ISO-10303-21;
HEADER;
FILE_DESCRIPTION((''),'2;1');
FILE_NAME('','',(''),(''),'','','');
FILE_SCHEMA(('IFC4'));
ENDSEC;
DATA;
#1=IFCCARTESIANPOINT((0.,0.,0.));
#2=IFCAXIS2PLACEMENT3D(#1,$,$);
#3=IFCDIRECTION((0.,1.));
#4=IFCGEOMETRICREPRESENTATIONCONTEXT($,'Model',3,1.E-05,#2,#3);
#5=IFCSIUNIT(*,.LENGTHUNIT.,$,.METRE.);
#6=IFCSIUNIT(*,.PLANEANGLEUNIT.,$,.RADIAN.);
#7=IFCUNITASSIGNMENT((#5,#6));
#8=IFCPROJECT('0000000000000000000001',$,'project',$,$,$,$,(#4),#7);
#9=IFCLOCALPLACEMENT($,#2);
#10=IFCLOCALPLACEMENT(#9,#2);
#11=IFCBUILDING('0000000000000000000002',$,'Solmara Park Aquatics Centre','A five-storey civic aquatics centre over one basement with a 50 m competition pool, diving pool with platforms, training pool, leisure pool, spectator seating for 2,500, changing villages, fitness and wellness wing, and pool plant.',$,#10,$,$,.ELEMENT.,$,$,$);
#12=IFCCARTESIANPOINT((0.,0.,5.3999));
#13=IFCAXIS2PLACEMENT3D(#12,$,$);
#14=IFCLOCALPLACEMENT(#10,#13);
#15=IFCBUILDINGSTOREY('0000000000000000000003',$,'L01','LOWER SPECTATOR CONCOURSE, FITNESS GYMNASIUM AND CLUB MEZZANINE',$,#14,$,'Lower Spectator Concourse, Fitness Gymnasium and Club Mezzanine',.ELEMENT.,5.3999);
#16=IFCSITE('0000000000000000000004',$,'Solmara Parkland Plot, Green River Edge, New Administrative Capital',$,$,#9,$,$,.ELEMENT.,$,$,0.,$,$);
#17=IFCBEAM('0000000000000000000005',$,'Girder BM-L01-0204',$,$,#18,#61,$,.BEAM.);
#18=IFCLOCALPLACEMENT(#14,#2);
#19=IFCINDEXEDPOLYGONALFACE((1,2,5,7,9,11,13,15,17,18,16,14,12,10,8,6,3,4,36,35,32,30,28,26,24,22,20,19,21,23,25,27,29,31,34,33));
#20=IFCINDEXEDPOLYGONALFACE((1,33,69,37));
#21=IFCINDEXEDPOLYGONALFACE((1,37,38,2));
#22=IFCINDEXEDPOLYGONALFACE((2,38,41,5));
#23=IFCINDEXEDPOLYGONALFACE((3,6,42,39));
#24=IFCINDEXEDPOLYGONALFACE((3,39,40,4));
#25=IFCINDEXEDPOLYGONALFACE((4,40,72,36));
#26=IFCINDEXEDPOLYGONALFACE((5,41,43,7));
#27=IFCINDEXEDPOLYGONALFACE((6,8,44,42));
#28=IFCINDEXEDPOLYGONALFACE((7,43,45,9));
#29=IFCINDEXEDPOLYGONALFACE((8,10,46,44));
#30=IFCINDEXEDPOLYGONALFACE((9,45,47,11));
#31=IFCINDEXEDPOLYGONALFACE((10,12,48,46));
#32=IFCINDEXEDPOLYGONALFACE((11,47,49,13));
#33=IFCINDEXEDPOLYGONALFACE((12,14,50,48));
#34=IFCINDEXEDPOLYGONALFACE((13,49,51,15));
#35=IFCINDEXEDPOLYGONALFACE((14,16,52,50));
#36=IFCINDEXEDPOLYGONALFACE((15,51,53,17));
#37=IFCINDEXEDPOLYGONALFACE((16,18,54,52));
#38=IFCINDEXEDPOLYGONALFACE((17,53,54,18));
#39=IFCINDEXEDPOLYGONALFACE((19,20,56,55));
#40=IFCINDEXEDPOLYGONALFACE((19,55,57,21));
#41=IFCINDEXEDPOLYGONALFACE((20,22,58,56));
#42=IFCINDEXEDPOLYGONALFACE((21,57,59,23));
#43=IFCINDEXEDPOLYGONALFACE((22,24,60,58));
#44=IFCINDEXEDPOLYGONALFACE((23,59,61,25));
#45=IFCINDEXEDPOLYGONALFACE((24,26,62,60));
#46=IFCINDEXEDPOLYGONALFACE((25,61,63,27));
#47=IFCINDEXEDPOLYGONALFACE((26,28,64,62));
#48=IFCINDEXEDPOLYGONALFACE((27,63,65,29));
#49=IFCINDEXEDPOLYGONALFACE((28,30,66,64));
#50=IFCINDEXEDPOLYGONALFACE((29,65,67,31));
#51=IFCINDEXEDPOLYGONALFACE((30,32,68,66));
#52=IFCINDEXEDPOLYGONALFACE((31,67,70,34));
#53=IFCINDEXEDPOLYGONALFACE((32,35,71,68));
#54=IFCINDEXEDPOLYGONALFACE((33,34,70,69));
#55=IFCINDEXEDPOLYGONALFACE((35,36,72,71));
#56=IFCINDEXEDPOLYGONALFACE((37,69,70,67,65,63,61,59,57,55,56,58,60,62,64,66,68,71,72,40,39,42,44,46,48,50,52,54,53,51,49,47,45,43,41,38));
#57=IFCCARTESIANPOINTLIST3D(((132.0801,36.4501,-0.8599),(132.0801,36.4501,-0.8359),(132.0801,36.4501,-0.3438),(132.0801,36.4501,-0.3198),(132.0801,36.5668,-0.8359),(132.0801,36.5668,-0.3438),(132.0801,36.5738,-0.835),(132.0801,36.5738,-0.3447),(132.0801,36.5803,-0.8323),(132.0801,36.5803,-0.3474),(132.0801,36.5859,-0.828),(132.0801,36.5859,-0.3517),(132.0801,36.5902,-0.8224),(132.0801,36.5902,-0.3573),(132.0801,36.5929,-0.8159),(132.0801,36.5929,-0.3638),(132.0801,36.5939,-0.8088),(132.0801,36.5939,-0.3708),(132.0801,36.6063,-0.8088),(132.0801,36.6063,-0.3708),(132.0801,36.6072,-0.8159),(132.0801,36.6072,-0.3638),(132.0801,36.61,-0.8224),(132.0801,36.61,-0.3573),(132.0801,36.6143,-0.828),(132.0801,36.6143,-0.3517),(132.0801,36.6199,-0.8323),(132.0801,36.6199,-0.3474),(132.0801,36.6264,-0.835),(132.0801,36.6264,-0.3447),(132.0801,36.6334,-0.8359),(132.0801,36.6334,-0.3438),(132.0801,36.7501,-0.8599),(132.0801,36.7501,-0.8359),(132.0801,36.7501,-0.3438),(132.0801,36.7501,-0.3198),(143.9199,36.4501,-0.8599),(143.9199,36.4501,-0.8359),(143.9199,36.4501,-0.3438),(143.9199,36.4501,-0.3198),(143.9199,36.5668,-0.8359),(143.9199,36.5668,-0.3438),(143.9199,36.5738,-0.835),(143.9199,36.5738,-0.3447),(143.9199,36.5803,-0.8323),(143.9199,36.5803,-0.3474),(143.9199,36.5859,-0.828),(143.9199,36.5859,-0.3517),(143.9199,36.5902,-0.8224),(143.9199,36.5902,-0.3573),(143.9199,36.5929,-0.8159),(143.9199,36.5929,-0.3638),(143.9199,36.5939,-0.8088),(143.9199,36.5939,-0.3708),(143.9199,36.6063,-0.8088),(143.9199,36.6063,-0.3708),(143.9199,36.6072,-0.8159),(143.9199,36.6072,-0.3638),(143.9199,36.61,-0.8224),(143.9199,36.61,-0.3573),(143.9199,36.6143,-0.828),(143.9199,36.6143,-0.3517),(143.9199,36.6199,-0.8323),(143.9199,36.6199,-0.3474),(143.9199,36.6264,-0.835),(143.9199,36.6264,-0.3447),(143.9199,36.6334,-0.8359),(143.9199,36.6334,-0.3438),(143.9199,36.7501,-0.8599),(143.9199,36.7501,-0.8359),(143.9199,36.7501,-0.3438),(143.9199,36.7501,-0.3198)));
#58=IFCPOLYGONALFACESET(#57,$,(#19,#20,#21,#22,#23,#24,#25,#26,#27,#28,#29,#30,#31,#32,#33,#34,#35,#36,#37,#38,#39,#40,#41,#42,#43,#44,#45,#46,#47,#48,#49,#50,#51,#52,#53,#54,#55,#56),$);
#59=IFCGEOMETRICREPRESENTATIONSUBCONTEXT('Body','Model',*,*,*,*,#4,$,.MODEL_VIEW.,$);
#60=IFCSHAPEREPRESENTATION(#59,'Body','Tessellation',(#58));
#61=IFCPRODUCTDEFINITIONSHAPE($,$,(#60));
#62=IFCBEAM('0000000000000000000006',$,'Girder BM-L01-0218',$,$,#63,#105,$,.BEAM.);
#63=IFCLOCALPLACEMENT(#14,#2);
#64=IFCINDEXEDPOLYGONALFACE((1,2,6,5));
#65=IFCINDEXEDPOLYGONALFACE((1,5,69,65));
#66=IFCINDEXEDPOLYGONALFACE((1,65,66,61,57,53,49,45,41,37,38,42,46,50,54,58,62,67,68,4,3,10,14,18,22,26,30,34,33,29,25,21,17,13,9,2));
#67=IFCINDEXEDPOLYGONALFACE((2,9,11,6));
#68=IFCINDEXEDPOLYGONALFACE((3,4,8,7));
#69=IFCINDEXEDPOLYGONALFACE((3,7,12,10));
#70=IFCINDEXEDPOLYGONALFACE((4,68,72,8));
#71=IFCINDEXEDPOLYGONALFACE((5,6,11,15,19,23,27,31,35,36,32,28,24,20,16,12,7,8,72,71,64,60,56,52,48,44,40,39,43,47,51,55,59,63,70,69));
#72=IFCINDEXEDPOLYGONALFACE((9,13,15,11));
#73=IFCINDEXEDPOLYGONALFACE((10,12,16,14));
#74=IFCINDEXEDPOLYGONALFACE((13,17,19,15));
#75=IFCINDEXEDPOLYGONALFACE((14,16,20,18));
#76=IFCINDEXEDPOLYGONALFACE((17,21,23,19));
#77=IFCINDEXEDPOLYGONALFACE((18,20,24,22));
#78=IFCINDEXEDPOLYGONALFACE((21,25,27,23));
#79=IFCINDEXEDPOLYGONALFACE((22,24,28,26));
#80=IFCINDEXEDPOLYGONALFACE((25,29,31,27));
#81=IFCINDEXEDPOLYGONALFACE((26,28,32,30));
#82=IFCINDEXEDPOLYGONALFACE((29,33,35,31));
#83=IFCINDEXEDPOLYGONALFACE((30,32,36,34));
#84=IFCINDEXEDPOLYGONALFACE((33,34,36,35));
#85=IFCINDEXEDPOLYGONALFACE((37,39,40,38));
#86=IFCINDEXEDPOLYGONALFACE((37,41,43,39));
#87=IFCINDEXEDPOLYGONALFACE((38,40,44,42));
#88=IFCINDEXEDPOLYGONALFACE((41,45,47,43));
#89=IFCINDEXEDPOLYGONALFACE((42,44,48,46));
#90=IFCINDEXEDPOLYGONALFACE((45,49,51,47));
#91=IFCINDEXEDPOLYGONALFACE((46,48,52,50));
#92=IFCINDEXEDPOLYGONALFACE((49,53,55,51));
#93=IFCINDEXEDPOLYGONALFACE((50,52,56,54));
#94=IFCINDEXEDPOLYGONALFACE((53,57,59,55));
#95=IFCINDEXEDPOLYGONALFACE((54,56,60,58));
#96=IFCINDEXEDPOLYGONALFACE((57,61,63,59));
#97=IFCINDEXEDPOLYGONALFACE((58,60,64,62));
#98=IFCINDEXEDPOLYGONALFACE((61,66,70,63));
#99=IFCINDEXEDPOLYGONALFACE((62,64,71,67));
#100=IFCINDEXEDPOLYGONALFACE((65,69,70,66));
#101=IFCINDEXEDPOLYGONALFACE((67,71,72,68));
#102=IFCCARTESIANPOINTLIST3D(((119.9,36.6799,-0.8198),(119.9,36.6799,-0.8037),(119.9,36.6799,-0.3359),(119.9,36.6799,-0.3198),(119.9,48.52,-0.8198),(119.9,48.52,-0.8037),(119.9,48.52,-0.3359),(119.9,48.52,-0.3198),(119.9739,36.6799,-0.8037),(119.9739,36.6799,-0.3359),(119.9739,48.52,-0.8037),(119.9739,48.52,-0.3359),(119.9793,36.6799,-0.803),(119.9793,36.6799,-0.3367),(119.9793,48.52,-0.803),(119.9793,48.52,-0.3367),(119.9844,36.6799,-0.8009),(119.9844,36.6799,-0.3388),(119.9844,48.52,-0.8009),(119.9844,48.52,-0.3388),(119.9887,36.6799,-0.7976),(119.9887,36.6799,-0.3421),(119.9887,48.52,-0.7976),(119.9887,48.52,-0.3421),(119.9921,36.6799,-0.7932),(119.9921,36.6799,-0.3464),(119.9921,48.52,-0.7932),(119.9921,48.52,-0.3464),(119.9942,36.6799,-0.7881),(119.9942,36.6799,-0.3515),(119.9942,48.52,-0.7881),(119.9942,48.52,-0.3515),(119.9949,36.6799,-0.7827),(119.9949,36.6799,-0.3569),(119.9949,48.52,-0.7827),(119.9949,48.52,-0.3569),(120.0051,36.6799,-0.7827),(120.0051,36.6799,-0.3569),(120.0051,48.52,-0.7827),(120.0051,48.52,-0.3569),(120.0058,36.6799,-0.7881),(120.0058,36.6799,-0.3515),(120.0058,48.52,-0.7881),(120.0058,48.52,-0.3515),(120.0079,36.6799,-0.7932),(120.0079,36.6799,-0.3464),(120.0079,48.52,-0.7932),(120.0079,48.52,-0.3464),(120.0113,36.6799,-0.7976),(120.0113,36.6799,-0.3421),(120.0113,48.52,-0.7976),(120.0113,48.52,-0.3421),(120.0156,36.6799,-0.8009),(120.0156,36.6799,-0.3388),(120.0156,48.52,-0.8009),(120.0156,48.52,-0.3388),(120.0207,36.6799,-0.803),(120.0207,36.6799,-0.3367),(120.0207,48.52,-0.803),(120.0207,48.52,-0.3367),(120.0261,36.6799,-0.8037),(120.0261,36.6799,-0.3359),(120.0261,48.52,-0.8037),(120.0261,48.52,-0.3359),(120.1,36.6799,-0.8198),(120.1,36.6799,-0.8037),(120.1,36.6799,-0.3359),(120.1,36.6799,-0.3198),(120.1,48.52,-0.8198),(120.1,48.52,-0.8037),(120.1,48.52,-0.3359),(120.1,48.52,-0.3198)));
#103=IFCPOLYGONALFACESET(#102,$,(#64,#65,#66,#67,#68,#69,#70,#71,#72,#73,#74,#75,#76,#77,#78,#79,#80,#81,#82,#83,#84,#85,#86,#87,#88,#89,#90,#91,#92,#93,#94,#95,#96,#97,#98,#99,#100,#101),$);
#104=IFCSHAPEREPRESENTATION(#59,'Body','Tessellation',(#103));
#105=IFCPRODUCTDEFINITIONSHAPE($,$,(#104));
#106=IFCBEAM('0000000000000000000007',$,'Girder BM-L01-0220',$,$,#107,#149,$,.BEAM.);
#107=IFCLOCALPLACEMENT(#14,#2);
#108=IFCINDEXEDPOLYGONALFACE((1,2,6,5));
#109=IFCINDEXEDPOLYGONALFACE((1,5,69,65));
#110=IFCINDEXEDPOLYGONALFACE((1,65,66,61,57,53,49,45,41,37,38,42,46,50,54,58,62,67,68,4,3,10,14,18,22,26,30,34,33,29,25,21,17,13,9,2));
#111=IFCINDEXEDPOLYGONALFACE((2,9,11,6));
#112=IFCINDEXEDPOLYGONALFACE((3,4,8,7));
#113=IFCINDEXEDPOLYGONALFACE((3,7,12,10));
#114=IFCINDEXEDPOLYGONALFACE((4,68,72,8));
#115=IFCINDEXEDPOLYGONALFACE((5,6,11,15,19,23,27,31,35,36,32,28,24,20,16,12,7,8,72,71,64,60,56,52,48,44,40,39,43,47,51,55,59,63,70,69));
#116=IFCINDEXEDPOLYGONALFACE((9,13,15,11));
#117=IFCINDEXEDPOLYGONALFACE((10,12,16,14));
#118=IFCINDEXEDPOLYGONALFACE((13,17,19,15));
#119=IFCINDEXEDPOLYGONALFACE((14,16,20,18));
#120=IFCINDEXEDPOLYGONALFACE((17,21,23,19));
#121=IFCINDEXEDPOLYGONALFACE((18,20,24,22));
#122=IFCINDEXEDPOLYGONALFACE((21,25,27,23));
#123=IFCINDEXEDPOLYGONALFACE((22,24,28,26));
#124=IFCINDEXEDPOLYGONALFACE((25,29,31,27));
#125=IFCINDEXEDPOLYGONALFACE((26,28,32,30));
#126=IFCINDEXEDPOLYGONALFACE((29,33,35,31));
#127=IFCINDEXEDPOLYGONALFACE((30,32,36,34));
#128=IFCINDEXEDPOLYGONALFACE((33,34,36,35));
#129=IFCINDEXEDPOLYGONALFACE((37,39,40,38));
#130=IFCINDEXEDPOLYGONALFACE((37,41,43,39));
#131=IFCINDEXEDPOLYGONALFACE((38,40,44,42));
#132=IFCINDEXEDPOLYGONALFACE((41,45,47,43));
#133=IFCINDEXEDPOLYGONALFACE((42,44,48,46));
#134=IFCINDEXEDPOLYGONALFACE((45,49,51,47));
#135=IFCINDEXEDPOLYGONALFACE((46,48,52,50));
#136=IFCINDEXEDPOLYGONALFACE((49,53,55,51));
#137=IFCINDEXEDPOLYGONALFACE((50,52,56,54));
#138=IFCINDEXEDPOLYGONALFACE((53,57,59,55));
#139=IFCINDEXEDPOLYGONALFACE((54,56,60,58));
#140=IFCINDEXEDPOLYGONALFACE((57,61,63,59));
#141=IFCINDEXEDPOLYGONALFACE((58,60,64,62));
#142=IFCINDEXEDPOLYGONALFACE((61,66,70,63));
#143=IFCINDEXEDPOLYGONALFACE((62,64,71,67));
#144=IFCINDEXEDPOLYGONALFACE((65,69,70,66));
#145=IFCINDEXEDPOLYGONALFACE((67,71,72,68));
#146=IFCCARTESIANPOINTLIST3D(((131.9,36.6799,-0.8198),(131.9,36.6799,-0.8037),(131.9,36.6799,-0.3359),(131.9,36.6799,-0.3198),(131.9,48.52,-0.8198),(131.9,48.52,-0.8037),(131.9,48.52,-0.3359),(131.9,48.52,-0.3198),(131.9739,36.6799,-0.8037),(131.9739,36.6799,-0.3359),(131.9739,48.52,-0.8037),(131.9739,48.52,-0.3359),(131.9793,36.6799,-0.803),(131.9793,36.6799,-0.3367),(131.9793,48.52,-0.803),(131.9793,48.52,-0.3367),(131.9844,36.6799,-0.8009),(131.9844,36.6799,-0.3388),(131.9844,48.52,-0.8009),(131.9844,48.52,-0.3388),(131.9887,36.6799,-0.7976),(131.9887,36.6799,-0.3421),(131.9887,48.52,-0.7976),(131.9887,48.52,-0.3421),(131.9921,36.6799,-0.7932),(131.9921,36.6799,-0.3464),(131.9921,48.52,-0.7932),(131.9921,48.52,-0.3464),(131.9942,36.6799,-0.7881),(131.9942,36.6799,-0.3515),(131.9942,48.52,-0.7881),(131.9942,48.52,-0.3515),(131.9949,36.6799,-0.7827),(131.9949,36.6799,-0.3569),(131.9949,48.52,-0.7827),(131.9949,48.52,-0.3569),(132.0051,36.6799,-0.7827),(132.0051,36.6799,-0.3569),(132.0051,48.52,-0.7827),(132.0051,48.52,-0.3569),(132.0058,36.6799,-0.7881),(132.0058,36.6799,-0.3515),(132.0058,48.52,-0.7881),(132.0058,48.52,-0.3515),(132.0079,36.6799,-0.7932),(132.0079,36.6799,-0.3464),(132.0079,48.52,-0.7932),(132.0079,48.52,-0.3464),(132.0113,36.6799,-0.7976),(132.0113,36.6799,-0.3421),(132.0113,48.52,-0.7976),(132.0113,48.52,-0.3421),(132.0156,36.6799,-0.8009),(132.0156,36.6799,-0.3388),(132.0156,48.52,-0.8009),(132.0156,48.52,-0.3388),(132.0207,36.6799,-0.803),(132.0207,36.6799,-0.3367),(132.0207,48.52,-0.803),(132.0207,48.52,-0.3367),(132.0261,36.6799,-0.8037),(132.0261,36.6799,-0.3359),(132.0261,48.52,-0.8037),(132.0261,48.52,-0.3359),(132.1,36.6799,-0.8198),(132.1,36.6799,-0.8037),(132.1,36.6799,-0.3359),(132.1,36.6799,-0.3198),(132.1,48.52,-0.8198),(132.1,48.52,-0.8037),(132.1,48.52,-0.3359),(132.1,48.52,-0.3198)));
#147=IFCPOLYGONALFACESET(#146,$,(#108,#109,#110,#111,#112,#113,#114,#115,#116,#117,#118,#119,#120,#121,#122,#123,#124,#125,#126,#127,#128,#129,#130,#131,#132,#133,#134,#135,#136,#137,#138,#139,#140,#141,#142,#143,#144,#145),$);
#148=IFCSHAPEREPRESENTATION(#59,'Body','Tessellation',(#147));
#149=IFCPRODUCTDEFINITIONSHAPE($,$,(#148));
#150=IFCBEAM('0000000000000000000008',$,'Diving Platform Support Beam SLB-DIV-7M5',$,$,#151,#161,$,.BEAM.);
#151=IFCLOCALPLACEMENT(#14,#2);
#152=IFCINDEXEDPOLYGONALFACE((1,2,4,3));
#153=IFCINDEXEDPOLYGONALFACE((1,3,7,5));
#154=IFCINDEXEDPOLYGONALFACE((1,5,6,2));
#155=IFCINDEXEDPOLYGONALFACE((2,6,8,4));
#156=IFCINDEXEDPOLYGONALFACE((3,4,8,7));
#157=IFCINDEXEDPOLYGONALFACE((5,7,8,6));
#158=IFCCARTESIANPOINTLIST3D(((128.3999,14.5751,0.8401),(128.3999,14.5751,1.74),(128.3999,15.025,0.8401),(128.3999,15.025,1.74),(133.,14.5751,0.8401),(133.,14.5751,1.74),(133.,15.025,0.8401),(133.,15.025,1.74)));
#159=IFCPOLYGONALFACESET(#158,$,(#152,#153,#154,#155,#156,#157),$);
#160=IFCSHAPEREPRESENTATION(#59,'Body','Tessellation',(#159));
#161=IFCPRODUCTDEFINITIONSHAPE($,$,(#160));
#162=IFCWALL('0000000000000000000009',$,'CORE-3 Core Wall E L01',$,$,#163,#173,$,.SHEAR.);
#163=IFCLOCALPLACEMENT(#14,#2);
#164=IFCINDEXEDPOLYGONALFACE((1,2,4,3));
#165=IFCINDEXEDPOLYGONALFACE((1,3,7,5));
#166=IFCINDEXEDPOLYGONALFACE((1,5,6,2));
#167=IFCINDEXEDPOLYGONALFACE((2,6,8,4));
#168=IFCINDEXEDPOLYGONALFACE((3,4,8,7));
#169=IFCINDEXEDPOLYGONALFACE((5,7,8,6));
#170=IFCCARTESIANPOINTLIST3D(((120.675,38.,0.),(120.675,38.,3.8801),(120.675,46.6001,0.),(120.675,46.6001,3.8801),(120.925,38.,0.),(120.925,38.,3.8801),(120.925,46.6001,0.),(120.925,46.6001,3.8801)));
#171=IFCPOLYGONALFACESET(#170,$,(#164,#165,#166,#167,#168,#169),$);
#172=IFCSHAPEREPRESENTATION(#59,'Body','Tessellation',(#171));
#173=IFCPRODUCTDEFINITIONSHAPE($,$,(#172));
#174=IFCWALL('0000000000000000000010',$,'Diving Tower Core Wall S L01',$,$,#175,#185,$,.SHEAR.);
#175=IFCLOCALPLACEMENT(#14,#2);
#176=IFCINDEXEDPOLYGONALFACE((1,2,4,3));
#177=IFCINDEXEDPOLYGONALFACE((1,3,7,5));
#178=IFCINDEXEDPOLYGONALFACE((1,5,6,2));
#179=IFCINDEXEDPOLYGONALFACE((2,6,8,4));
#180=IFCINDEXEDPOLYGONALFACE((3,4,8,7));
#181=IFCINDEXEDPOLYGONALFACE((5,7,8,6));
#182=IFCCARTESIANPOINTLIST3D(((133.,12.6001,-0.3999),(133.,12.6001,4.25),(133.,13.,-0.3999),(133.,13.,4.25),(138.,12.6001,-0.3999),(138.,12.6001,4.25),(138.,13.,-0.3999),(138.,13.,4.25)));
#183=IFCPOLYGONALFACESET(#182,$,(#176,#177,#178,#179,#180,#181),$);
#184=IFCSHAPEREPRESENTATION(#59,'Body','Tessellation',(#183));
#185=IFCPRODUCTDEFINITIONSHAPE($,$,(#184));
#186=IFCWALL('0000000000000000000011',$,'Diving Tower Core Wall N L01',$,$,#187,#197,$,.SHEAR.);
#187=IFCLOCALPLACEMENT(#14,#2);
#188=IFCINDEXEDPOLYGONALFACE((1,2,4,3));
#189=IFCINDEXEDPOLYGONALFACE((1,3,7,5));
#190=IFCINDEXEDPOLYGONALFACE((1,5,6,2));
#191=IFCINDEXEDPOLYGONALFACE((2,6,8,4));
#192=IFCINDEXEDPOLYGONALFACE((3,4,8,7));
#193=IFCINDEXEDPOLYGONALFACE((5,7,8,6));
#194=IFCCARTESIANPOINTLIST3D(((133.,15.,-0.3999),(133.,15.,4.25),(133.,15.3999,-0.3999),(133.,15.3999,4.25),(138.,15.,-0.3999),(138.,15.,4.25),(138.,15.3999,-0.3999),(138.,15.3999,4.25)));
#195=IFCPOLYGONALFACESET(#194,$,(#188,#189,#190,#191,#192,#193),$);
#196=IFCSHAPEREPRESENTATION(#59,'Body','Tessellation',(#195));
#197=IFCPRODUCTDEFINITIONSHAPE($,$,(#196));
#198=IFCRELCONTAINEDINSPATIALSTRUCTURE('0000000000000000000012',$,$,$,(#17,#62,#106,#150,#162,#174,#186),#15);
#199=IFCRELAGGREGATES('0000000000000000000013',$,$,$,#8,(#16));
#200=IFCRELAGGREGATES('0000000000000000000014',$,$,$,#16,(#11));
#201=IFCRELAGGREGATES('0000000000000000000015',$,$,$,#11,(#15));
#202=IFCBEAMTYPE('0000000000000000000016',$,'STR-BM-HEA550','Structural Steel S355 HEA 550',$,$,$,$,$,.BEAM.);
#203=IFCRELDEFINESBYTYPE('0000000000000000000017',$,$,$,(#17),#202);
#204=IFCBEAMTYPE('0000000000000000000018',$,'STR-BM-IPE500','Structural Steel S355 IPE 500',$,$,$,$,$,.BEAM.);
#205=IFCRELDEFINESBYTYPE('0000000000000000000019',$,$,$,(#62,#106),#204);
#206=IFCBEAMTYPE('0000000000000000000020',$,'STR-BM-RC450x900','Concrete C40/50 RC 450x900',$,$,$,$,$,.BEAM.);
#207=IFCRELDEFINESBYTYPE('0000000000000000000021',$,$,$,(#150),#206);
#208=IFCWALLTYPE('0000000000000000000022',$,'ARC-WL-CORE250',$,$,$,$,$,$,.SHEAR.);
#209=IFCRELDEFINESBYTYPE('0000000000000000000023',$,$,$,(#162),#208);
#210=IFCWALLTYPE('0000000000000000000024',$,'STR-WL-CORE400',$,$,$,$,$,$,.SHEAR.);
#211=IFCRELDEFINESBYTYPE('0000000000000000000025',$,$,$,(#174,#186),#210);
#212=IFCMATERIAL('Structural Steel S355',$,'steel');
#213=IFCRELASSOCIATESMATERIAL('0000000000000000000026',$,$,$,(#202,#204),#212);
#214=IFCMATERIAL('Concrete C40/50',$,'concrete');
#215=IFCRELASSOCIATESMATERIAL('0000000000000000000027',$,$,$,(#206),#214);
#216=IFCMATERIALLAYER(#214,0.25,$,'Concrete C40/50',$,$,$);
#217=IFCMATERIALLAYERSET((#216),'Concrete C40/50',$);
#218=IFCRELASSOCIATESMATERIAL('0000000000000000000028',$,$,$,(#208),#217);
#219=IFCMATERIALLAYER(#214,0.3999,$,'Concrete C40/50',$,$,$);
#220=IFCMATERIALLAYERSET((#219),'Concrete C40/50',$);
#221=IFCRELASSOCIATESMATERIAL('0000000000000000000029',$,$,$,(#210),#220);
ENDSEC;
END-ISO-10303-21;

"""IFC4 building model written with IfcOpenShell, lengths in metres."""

from ifc_helpers import new_model, si_unit, direction, frame, frame_2d, origin, origin_2d, place, context, subcontext, project, spatial, rectangle, i_section, extrude, material, layer, layer_set, material_profile, profile_set, type_object, element, save


model = new_model("IFC4")

# Units and contexts
model_context = context("Model", 3, precision=1e-05, world=origin(), true_north=direction((0.0, 1.0)))
body_context = subcontext(model_context, "Body", "Model", "MODEL_VIEW")
ifc_project = project(units=[si_unit("LENGTHUNIT", "METRE"), si_unit("PLANEANGLEUNIT", "RADIAN")], contexts=[model_context])

# Site, building, storey
site_placement = place(None, origin())
site = spatial("IfcSite", under=ifc_project, at=site_placement, Name="Solmara Parkland Plot, Green River Edge, New Administrative Capital", CompositionType="ELEMENT", RefElevation=0.0)
building_placement = place(site_placement, origin())
building = spatial("IfcBuilding", under=site, at=building_placement, Name="Solmara Park Aquatics Centre", Description="A five-storey civic aquatics centre over one basement with a 50 m competition pool, diving pool with platforms, training pool, leisure pool, spectator seating for 2,500, changing villages, fitness and wellness wing, and pool plant.", CompositionType="ELEMENT")
storey_placement = place(building_placement, frame((0.0, 0.0, 5.3999)))
storey = spatial("IfcBuildingStorey", under=building, at=storey_placement, Name="L01", Description="LOWER SPECTATOR CONCOURSE, FITNESS GYMNASIUM AND CLUB MEZZANINE", LongName="Lower Spectator Concourse, Fitness Gymnasium and Club Mezzanine", CompositionType="ELEMENT", Elevation=5.3999)

# Shared definitions
ifc_material_1 = material(Name="Structural Steel S355", Category="steel")
ifc_material_2 = material(Name="Concrete C40/50", Category="concrete")

# Beams
ifc_material_profile_1 = material_profile(ifc_material_1, i_section(OverallWidth=0.3, OverallDepth=0.54, WebThickness=0.0125, FlangeThickness=0.0239, FilletRadius=0.0271, at=origin_2d()), Name="HEA 550")
ifc_profile_set_1 = profile_set([ifc_material_profile_1], Name="Structural Steel S355")
beam_type_1 = type_object("IfcBeamType", Name="STR-BM-HEA550", Description="Structural Steel S355 HEA 550", PredefinedType="BEAM", material=ifc_profile_set_1)
beam_1_placement = place(storey_placement, frame((132.0801, 36.6001, -0.5898), z_axis=(1.0, 0.0, 0.0), x_axis=(0.0, 1.0, 0.0)))
element("IfcBeam", 1, at=beam_1_placement, inside=storey, type_object=beam_type_1, Name="Girder BM-L01-0204", PredefinedType="BEAM", context=body_context, shape_type="SweptSolid", body=[
    extrude(i_section(OverallWidth=0.3, OverallDepth=0.54, WebThickness=0.0125, FlangeThickness=0.0239, FilletRadius=0.0271, at=origin_2d()), origin(), (0.0, 0.0, 1.0), 11.8398),
])
ifc_material_profile_2 = material_profile(ifc_material_1, i_section(OverallWidth=0.2, OverallDepth=0.5, WebThickness=0.0103, FlangeThickness=0.0161, FilletRadius=0.021, at=origin_2d()), Name="IPE 500")
ifc_profile_set_2 = profile_set([ifc_material_profile_2], Name="Structural Steel S355")
beam_type_2 = type_object("IfcBeamType", Name="STR-BM-IPE500", Description="Structural Steel S355 IPE 500", PredefinedType="BEAM", material=ifc_profile_set_2)
for number, where, z_axis, x_axis, name in (
    (2, (120.0, 36.6799, -0.5698), (0.0, 1.0, 0.0), (-1.0, 0.0, 0.0), "Girder BM-L01-0218"),
    (3, (132.0, 36.6799, -0.5698), (0.0, 1.0, 0.0), (-1.0, 0.0, 0.0), "Girder BM-L01-0220"),
):
    element("IfcBeam", number, at=place(storey_placement, frame(where, z_axis=z_axis, x_axis=x_axis)), inside=storey, type_object=beam_type_2, Name=name, PredefinedType="BEAM", context=body_context, shape_type="SweptSolid", body=[
        extrude(i_section(OverallWidth=0.2, OverallDepth=0.5, WebThickness=0.0103, FlangeThickness=0.0161, FilletRadius=0.021, at=origin_2d()), origin(), (0.0, 0.0, 1.0), 11.8401),
    ])
ifc_material_profile_3 = material_profile(ifc_material_2, rectangle(XDim=0.45, YDim=0.8999, at=origin_2d()), Name="RC 450x900")
ifc_profile_set_3 = profile_set([ifc_material_profile_3], Name="Concrete C40/50")
beam_type_3 = type_object("IfcBeamType", Name="STR-BM-RC450x900", Description="Concrete C40/50 RC 450x900", PredefinedType="BEAM", material=ifc_profile_set_3)
beam_2_placement = place(storey_placement, frame((128.3999, 14.8, 1.29), z_axis=(1.0, 0.0, 0.0), x_axis=(0.0, 1.0, 0.0)))
element("IfcBeam", 4, at=beam_2_placement, inside=storey, type_object=beam_type_3, Name="Diving Platform Support Beam SLB-DIV-7M5", PredefinedType="BEAM", context=body_context, shape_type="SweptSolid", body=[
    extrude(rectangle(XDim=0.45, YDim=0.8999, at=origin_2d()), origin(), (0.0, 0.0, 1.0), 4.6001),
])

# Walls
ifc_layer_1 = layer(ifc_material_2, 0.25, Name="Concrete C40/50")
ifc_layer_set_1 = layer_set([ifc_layer_1], Name="Concrete C40/50")
wall_type_1 = type_object("IfcWallType", Name="ARC-WL-CORE250", PredefinedType="SHEAR", material=ifc_layer_set_1)
wall_1_placement = place(storey_placement, frame((120.8, 38.0, 0.0), z_axis=(0.0, 0.0, 1.0), x_axis=(0.0, 1.0, 0.0)))
element("IfcWall", 5, at=wall_1_placement, inside=storey, type_object=wall_type_1, Name="CORE-3 Core Wall E L01", PredefinedType="SHEAR", context=body_context, shape_type="SweptSolid", body=[
    extrude(rectangle(XDim=8.6001, YDim=0.25, at=frame_2d((4.3, 0.0))), origin(), (0.0, 0.0, 1.0), 3.8801),
])
ifc_layer_2 = layer(ifc_material_2, 0.3999, Name="Concrete C40/50")
ifc_layer_set_2 = layer_set([ifc_layer_2], Name="Concrete C40/50")
wall_type_2 = type_object("IfcWallType", Name="STR-WL-CORE400", PredefinedType="SHEAR", material=ifc_layer_set_2)
for number, where, z_axis, x_axis, name in (
    (6, (133.0, 12.8, -0.3999), (0.0, 0.0, 1.0), (1.0, 0.0, 0.0), "Diving Tower Core Wall S L01"),
    (7, (133.0, 15.2, -0.3999), (0.0, 0.0, 1.0), (1.0, 0.0, 0.0), "Diving Tower Core Wall N L01"),
):
    element("IfcWall", number, at=place(storey_placement, frame(where, z_axis=z_axis, x_axis=x_axis)), inside=storey, type_object=wall_type_2, Name=name, PredefinedType="SHEAR", context=body_context, shape_type="SweptSolid", body=[
        extrude(rectangle(XDim=5.0, YDim=0.3999, at=frame_2d((2.5, 0.0))), origin(), (0.0, 0.0, 1.0), 4.6499),
    ])

save(model, "model.ifc")
